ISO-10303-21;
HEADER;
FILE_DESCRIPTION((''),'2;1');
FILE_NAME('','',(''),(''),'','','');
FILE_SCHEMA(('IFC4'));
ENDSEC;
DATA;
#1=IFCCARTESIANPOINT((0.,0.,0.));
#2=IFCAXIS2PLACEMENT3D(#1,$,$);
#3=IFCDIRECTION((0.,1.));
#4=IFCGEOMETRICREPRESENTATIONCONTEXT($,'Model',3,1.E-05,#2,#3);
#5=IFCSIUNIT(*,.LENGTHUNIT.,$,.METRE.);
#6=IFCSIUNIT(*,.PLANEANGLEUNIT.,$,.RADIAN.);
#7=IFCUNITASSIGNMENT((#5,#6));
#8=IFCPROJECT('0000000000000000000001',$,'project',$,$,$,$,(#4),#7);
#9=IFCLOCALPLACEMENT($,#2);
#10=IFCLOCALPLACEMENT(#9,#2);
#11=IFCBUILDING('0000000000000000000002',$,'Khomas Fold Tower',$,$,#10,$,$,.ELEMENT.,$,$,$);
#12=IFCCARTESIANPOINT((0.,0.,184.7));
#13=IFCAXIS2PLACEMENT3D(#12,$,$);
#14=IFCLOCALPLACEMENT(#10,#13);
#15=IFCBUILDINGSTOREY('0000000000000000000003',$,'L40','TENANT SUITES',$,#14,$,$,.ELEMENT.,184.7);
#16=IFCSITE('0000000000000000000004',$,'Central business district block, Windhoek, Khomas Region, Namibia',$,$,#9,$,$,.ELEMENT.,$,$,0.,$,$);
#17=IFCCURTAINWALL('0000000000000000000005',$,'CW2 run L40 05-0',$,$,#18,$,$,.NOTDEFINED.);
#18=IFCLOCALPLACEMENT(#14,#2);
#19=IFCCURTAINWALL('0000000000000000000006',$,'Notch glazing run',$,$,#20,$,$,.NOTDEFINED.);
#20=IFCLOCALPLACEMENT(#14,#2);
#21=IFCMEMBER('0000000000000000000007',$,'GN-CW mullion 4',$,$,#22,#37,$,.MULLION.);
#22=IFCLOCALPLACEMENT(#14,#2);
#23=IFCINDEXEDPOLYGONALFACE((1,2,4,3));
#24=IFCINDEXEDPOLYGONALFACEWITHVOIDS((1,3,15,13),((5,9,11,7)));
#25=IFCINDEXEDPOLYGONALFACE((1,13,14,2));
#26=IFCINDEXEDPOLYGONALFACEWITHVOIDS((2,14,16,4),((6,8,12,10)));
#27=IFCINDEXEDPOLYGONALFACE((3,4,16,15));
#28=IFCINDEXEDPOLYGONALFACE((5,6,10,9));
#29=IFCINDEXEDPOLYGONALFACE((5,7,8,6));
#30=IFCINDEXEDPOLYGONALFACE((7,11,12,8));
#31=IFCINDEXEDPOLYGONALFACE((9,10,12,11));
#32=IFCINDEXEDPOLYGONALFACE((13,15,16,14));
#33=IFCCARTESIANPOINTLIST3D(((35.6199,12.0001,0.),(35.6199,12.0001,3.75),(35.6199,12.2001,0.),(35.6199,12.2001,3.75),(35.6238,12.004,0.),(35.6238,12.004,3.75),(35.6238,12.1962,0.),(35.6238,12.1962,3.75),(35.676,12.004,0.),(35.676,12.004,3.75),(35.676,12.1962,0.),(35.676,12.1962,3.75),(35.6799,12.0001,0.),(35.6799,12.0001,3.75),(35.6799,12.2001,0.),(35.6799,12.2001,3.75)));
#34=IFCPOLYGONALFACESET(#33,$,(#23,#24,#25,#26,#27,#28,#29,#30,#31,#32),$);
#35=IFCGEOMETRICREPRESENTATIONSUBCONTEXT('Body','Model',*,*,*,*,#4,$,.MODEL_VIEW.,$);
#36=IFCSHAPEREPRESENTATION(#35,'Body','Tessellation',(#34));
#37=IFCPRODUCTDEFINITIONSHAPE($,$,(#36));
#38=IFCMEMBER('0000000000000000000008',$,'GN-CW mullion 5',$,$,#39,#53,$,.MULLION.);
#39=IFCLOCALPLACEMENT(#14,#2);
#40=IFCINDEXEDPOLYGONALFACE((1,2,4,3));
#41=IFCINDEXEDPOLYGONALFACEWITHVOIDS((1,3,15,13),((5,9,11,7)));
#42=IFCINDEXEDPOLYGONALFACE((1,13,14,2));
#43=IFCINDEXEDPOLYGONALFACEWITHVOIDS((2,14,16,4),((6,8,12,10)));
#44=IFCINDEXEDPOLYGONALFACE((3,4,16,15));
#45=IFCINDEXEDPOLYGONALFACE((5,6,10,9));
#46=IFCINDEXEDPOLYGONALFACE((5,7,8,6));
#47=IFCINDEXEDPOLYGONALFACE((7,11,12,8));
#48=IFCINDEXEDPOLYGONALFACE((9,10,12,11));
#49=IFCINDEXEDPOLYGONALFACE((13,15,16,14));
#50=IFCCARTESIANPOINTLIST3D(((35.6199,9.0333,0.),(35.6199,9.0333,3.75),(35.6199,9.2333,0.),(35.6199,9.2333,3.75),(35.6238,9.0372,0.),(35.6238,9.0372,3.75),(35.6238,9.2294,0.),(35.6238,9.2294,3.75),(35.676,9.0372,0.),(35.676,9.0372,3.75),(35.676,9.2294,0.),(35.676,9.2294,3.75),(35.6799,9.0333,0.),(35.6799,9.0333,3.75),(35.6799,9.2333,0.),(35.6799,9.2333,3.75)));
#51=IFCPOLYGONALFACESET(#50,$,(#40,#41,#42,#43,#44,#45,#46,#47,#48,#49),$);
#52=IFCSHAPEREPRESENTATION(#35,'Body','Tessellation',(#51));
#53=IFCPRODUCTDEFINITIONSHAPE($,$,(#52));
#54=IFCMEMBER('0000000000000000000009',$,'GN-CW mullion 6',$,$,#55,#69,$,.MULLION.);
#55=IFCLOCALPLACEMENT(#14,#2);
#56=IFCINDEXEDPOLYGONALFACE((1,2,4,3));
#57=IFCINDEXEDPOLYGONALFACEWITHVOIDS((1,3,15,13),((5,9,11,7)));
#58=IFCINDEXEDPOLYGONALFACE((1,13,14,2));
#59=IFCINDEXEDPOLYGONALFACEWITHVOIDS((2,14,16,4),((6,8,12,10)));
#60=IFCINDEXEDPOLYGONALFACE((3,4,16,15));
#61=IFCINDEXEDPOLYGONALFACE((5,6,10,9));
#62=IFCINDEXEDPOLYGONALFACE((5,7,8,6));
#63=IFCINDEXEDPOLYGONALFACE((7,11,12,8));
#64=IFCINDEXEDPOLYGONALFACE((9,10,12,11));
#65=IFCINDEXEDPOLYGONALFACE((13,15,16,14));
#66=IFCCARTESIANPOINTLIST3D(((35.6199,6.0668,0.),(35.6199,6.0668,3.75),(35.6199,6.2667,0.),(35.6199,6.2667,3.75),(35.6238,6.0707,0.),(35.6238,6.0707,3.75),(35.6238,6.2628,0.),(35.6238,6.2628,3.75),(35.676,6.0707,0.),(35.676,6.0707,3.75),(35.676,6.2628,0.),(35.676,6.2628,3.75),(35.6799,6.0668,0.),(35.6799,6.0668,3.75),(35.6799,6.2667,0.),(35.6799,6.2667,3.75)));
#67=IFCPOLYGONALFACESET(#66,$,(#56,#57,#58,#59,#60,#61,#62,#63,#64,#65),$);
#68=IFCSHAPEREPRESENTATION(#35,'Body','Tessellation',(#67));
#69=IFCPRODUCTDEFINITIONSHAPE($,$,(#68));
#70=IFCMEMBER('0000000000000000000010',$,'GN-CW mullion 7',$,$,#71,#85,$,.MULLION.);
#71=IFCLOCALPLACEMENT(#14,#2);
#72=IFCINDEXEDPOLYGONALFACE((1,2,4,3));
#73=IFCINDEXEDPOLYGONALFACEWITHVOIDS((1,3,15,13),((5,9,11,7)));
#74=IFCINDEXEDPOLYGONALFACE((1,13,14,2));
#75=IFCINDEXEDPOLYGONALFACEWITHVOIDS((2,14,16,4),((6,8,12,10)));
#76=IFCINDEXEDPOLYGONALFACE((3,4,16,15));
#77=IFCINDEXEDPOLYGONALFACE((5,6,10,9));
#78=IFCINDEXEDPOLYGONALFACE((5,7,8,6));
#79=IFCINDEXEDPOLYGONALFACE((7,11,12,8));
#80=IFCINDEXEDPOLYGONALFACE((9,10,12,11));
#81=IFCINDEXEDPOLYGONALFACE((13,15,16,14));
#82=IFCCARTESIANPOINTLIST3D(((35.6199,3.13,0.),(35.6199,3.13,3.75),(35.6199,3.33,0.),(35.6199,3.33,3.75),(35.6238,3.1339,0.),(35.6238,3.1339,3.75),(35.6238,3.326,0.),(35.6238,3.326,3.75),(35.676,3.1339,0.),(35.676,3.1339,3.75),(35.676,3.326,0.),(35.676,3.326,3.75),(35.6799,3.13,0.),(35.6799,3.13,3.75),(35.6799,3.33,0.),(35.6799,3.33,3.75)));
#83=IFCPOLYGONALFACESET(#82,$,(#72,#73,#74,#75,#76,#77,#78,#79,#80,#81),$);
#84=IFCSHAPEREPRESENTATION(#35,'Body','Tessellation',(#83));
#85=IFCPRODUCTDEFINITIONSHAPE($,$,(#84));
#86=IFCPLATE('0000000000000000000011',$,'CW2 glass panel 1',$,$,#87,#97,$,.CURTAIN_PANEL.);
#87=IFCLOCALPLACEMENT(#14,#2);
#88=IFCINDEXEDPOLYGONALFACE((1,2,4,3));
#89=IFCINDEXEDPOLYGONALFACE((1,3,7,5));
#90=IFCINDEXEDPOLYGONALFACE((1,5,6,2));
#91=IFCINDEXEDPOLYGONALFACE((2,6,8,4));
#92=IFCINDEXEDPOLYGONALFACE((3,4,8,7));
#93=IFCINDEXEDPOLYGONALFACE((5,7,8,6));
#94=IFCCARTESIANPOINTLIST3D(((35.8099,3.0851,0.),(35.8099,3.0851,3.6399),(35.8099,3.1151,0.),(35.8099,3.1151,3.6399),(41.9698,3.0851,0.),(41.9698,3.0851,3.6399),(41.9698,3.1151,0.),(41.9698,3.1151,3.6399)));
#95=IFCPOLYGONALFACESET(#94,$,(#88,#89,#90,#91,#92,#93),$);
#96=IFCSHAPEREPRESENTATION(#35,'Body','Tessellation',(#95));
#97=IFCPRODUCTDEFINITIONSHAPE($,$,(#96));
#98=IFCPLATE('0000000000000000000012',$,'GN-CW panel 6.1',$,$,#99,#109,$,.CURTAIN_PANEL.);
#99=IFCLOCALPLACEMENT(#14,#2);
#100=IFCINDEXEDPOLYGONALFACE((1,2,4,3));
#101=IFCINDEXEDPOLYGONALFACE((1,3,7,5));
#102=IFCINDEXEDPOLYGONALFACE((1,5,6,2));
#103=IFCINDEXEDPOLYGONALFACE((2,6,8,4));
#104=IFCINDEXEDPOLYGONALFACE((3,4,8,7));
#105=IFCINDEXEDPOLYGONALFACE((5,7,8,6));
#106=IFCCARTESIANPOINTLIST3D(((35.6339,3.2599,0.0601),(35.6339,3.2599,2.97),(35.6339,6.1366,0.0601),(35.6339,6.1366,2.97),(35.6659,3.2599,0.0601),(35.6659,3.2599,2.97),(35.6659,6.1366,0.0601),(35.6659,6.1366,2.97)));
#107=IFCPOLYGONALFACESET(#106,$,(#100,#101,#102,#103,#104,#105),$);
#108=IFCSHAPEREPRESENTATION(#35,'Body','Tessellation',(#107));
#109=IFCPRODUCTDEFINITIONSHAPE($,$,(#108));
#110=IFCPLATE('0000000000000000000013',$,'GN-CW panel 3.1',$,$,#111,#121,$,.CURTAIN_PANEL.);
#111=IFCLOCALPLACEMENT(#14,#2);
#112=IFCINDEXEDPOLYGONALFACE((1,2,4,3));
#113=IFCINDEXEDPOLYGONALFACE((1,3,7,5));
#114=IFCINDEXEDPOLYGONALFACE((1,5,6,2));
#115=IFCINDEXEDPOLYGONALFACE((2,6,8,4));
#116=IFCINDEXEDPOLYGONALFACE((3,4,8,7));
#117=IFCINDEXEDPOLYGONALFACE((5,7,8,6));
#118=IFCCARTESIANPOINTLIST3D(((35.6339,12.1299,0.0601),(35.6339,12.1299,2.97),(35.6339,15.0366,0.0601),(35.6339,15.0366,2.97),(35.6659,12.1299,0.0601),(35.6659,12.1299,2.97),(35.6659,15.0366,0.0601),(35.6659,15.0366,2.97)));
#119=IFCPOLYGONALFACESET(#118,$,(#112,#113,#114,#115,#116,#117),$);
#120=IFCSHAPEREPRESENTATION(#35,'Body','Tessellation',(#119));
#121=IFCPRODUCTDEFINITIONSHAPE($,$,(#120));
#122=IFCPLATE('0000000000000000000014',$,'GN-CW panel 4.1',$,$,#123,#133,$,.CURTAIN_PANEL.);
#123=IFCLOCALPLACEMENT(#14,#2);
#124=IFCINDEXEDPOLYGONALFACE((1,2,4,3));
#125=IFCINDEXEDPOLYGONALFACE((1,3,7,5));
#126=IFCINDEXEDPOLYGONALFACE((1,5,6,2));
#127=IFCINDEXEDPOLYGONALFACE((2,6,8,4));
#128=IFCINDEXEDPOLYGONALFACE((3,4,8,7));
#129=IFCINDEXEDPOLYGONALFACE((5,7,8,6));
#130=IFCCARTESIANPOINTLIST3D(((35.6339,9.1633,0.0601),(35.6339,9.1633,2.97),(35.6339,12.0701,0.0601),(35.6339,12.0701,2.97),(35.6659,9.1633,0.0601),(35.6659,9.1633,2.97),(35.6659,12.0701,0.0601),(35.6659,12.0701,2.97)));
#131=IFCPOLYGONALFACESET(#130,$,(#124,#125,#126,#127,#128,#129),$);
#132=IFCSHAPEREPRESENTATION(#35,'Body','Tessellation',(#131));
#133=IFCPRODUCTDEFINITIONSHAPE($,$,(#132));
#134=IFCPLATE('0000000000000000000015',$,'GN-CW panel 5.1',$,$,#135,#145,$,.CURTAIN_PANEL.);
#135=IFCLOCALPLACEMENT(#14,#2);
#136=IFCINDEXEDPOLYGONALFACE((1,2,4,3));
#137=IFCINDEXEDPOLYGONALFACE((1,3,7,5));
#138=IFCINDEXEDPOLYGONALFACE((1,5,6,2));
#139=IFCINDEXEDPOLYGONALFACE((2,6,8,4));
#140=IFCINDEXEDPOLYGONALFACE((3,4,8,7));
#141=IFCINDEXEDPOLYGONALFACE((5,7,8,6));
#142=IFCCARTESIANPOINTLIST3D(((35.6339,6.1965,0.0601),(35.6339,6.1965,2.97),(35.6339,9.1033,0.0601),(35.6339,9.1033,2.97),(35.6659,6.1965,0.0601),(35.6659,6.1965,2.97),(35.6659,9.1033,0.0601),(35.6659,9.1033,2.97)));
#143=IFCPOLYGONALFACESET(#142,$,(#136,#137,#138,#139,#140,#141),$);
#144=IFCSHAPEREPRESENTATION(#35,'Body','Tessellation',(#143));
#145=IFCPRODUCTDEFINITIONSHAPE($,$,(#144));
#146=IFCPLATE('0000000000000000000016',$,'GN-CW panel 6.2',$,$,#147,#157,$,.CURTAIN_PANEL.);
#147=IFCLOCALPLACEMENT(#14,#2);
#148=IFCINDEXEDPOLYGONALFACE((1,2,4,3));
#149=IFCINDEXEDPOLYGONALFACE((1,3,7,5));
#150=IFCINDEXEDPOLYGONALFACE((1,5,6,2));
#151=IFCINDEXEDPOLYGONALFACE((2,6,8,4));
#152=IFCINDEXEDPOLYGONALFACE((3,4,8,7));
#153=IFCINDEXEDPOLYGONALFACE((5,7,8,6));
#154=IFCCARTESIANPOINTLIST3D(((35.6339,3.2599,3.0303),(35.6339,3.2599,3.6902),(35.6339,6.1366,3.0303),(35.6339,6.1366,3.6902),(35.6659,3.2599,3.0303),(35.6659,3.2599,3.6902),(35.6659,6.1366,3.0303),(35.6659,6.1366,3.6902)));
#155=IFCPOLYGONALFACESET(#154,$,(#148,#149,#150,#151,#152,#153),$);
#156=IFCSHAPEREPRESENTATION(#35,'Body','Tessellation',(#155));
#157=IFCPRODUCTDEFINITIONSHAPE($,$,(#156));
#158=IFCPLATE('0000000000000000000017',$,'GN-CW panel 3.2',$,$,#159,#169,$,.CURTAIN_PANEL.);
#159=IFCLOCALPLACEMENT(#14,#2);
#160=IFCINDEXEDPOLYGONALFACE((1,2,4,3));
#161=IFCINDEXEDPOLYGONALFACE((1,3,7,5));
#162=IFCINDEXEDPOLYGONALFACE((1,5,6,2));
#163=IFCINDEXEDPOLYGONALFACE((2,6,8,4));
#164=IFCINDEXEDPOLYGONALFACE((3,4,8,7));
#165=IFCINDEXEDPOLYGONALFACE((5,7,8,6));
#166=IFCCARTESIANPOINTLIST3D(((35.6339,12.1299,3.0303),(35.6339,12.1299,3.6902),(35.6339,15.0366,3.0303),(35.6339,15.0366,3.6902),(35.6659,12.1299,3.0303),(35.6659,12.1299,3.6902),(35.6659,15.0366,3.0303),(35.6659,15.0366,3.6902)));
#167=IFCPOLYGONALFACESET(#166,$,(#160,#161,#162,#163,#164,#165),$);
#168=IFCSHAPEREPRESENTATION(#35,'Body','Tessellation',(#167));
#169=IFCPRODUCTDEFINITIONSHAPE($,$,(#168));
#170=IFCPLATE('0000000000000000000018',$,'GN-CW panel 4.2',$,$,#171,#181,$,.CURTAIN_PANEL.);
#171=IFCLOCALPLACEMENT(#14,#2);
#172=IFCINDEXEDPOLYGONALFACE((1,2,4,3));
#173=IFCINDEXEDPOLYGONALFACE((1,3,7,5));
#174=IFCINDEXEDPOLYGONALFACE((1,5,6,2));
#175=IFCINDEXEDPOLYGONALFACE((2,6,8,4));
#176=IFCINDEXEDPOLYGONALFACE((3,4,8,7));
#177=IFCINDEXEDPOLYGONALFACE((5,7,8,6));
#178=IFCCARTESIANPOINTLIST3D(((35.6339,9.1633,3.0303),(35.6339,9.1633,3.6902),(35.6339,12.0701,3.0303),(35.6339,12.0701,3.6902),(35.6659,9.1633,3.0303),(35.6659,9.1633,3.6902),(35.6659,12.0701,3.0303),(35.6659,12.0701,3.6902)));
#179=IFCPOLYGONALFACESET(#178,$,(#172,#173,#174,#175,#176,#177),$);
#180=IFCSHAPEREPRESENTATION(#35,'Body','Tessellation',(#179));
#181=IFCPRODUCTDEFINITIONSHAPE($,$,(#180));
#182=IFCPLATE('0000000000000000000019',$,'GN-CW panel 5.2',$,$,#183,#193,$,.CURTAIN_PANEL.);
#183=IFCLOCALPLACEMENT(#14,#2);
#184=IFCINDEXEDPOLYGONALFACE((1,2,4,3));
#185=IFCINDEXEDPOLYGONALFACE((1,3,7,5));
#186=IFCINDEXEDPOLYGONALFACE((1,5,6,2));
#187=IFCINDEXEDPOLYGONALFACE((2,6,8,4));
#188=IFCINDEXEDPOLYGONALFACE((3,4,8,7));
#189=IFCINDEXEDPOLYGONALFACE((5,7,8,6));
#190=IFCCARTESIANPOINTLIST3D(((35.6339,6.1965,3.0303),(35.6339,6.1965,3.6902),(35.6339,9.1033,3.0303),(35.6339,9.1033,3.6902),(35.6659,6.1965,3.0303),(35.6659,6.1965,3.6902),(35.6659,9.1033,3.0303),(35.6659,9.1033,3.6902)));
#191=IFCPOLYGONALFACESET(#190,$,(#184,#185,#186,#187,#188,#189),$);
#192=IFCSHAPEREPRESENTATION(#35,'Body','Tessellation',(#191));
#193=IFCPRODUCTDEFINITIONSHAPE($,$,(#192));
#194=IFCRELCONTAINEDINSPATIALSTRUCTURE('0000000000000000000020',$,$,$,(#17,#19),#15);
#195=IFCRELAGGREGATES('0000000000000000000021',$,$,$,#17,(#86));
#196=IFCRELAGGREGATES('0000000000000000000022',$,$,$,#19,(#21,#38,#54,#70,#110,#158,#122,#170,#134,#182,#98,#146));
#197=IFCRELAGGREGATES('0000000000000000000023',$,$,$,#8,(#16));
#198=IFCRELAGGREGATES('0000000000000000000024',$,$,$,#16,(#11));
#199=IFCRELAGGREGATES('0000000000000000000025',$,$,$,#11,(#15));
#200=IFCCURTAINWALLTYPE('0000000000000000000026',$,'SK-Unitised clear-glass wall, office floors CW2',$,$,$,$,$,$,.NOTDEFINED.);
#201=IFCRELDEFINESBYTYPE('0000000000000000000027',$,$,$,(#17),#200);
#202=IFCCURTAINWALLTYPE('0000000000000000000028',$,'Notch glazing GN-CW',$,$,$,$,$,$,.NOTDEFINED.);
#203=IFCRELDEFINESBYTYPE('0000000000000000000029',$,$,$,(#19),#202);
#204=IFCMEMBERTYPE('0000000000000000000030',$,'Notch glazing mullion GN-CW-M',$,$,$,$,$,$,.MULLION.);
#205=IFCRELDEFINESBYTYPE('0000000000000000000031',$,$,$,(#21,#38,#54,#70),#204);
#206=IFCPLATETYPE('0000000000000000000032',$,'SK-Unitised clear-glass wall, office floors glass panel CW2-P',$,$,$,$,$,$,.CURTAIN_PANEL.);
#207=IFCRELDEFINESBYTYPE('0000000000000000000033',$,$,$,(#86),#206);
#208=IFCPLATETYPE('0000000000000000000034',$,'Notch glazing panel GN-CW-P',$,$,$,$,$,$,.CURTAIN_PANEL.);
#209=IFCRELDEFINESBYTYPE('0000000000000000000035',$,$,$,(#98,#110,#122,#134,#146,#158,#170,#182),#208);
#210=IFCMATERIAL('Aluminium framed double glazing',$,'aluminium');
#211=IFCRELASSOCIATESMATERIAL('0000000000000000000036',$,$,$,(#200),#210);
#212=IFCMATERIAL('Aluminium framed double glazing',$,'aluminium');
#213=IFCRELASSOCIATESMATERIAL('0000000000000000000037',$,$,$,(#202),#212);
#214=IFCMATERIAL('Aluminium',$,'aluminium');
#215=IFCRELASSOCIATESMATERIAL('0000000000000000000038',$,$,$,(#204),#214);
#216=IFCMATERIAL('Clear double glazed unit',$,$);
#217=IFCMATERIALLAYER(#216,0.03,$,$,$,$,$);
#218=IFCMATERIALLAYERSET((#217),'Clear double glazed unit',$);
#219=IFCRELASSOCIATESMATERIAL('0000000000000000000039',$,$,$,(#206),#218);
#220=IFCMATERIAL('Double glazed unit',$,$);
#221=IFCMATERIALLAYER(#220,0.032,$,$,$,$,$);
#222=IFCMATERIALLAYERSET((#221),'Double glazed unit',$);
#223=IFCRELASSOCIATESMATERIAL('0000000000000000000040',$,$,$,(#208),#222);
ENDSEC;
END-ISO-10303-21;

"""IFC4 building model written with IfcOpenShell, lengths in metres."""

from ifc_helpers import new_model, si_unit, direction, frame, origin, origin_2d, place, context, subcontext, project, spatial, rectangle, hollow_rectangle, extrude, source, transform, mapped, material, layer, layer_set, material_profile, profile_set, type_object, element, aggregate, save


model = new_model("IFC4")

# Units and contexts
model_context = context("Model", 3, precision=1e-05, world=origin(), true_north=direction((0.0, 1.0)))
body_context = subcontext(model_context, "Body", "Model", "MODEL_VIEW")
ifc_project = project(units=[si_unit("LENGTHUNIT", "METRE"), si_unit("PLANEANGLEUNIT", "RADIAN")], contexts=[model_context])

# Site, building, storey
site_placement = place(None, origin())
site = spatial("IfcSite", under=ifc_project, at=site_placement, Name="Central business district block, Windhoek, Khomas Region, Namibia", CompositionType="ELEMENT", RefElevation=0.0)
building_placement = place(site_placement, origin())
building = spatial("IfcBuilding", under=site, at=building_placement, Name="Khomas Fold Tower", CompositionType="ELEMENT")
storey_placement = place(building_placement, frame((0.0, 0.0, 184.7)))
storey = spatial("IfcBuildingStorey", under=building, at=storey_placement, Name="L40", Description="TENANT SUITES", CompositionType="ELEMENT", Elevation=184.7)

# Shared definitions
ifc_material_1 = material(Name="Aluminium framed double glazing", Category="aluminium")
curtain_wall_type_1 = type_object("IfcCurtainWallType", Name="SK-Unitised clear-glass wall, office floors CW2", PredefinedType="NOTDEFINED", material=ifc_material_1)

# Curtain walls, members
curtain_wall_1_placement = place(storey_placement, origin())
curtain_wall_1 = element("IfcCurtainWall", 1, at=curtain_wall_1_placement, inside=storey, type_object=curtain_wall_type_1, Name="CW2 run L40 05-0", PredefinedType="NOTDEFINED")
ifc_material_2 = material(Name="Aluminium framed double glazing", Category="aluminium")
curtain_wall_type_2 = type_object("IfcCurtainWallType", Name="Notch glazing GN-CW", PredefinedType="NOTDEFINED", material=ifc_material_2)
curtain_wall_2_placement = place(storey_placement, origin())
curtain_wall_2 = element("IfcCurtainWall", 2, at=curtain_wall_2_placement, inside=storey, type_object=curtain_wall_type_2, Name="Notch glazing run", PredefinedType="NOTDEFINED")
ifc_material_3 = material(Name="Aluminium", Category="aluminium")
ifc_material_profile_1 = material_profile(ifc_material_3, hollow_rectangle(XDim=0.0601, YDim=0.2, WallThickness=0.0039, at=origin_2d()), Name="Notch glazing mullion GN-CW-M")
ifc_profile_set_1 = profile_set([ifc_material_profile_1], Name="Aluminium")
member_type_1 = type_object("IfcMemberType", Name="Notch glazing mullion GN-CW-M", PredefinedType="MULLION", material=ifc_profile_set_1)
shared_shape_1 = source(origin(), body_context, "Body", "SweptSolid", [
    extrude(hollow_rectangle(XDim=0.0601, YDim=0.2, WallThickness=0.0039, at=origin_2d()), origin(), (0.0, 0.0, 1.0), 3.75),
])
member_1_placement = place(storey_placement, frame((35.6499, 12.1001, 0.0), z_axis=(0.0, 0.0, 1.0), x_axis=(1.0, 0.0, 0.0)))
member_1 = element("IfcMember", 3, at=member_1_placement, type_object=member_type_1, Name="GN-CW mullion 4", PredefinedType="MULLION", context=body_context, shape_type="MappedRepresentation", body=[
    mapped(shared_shape_1, transform((0.0, 0.0, 0.0))),
])
member_2_placement = place(storey_placement, frame((35.6499, 9.1333, 0.0), z_axis=(0.0, 0.0, 1.0), x_axis=(1.0, 0.0, 0.0)))
member_2 = element("IfcMember", 4, at=member_2_placement, type_object=member_type_1, Name="GN-CW mullion 5", PredefinedType="MULLION", context=body_context, shape_type="MappedRepresentation", body=[
    mapped(shared_shape_1, transform((0.0, 0.0, 0.0))),
])
member_3_placement = place(storey_placement, frame((35.6499, 6.1667, 0.0), z_axis=(0.0, 0.0, 1.0), x_axis=(1.0, 0.0, 0.0)))
member_3 = element("IfcMember", 5, at=member_3_placement, type_object=member_type_1, Name="GN-CW mullion 6", PredefinedType="MULLION", context=body_context, shape_type="MappedRepresentation", body=[
    mapped(shared_shape_1, transform((0.0, 0.0, 0.0))),
])
member_4_placement = place(storey_placement, frame((35.6499, 3.23, 0.0), z_axis=(0.0, 0.0, 1.0), x_axis=(1.0, 0.0, 0.0)))
member_4 = element("IfcMember", 6, at=member_4_placement, type_object=member_type_1, Name="GN-CW mullion 7", PredefinedType="MULLION", context=body_context, shape_type="MappedRepresentation", body=[
    mapped(shared_shape_1, transform((0.0, 0.0, 0.0))),
])

# Plates
ifc_material_4 = material(Name="Clear double glazed unit")
ifc_layer_1 = layer(ifc_material_4, 0.03)
ifc_layer_set_1 = layer_set([ifc_layer_1], Name="Clear double glazed unit")
plate_type_1 = type_object("IfcPlateType", Name="SK-Unitised clear-glass wall, office floors glass panel CW2-P", PredefinedType="CURTAIN_PANEL", material=ifc_layer_set_1)
shared_shape_2 = source(origin(), body_context, "Body", "SweptSolid", [
    extrude(rectangle(XDim=6.1599, YDim=0.03, at=origin_2d()), origin(), (0.0, 0.0, 1.0), 3.6399),
])
plate_1_placement = place(storey_placement, frame((38.8899, 3.1001, 0.0), z_axis=(0.0, 0.0, 1.0), x_axis=(1.0, 0.0, 0.0)))
plate_1 = element("IfcPlate", 7, at=plate_1_placement, type_object=plate_type_1, Name="CW2 glass panel 1", PredefinedType="CURTAIN_PANEL", context=body_context, shape_type="MappedRepresentation", body=[
    mapped(shared_shape_2, transform((0.0, 0.0, 0.0))),
])
aggregate(curtain_wall_1, [plate_1])
ifc_material_5 = material(Name="Double glazed unit")
ifc_layer_2 = layer(ifc_material_5, 0.032)
ifc_layer_set_2 = layer_set([ifc_layer_2], Name="Double glazed unit")
plate_type_2 = type_object("IfcPlateType", Name="Notch glazing panel GN-CW-P", PredefinedType="CURTAIN_PANEL", material=ifc_layer_set_2)
shared_shape_3 = source(origin(), body_context, "Body", "SweptSolid", [
    extrude(rectangle(XDim=2.8767, YDim=0.032, at=origin_2d()), origin(), (0.0, 0.0, 1.0), 2.9099),
])
plate_2_placement = place(storey_placement, frame((35.6499, 4.6982, 0.0601), z_axis=(0.0, 0.0, 1.0), x_axis=(0.0, -1.0, 0.0)))
plate_2 = element("IfcPlate", 8, at=plate_2_placement, type_object=plate_type_2, Name="GN-CW panel 6.1", PredefinedType="CURTAIN_PANEL", context=body_context, shape_type="MappedRepresentation", body=[
    mapped(shared_shape_3, transform((0.0, 0.0, 0.0))),
])
shared_shape_4 = source(origin(), body_context, "Body", "SweptSolid", [
    extrude(rectangle(XDim=2.9067, YDim=0.032, at=origin_2d()), origin(), (0.0, 0.0, 1.0), 2.9099),
])
plate_3_placement = place(storey_placement, frame((35.6499, 13.5833, 0.0601), z_axis=(0.0, 0.0, 1.0), x_axis=(0.0, -1.0, 0.0)))
plate_3 = element("IfcPlate", 9, at=plate_3_placement, type_object=plate_type_2, Name="GN-CW panel 3.1", PredefinedType="CURTAIN_PANEL", context=body_context, shape_type="MappedRepresentation", body=[
    mapped(shared_shape_4, transform((0.0, 0.0, 0.0))),
])
plate_4_placement = place(storey_placement, frame((35.6499, 10.6167, 0.0601), z_axis=(0.0, 0.0, 1.0), x_axis=(0.0, -1.0, 0.0)))
plate_4 = element("IfcPlate", 10, at=plate_4_placement, type_object=plate_type_2, Name="GN-CW panel 4.1", PredefinedType="CURTAIN_PANEL", context=body_context, shape_type="MappedRepresentation", body=[
    mapped(shared_shape_4, transform((0.0, 0.0, 0.0))),
])
plate_5_placement = place(storey_placement, frame((35.6499, 7.6499, 0.0601), z_axis=(0.0, 0.0, 1.0), x_axis=(0.0, -1.0, 0.0)))
plate_5 = element("IfcPlate", 11, at=plate_5_placement, type_object=plate_type_2, Name="GN-CW panel 5.1", PredefinedType="CURTAIN_PANEL", context=body_context, shape_type="MappedRepresentation", body=[
    mapped(shared_shape_4, transform((0.0, 0.0, 0.0))),
])
shared_shape_5 = source(origin(), body_context, "Body", "SweptSolid", [
    extrude(rectangle(XDim=2.8767, YDim=0.032, at=origin_2d()), origin(), (0.0, 0.0, 1.0), 0.6599),
])
plate_6_placement = place(storey_placement, frame((35.6499, 4.6982, 3.0303), z_axis=(0.0, 0.0, 1.0), x_axis=(0.0, -1.0, 0.0)))
plate_6 = element("IfcPlate", 12, at=plate_6_placement, type_object=plate_type_2, Name="GN-CW panel 6.2", PredefinedType="CURTAIN_PANEL", context=body_context, shape_type="MappedRepresentation", body=[
    mapped(shared_shape_5, transform((0.0, 0.0, 0.0))),
])
shared_shape_6 = source(origin(), body_context, "Body", "SweptSolid", [
    extrude(rectangle(XDim=2.9067, YDim=0.032, at=origin_2d()), origin(), (0.0, 0.0, 1.0), 0.6599),
])
plate_7_placement = place(storey_placement, frame((35.6499, 13.5833, 3.0303), z_axis=(0.0, 0.0, 1.0), x_axis=(0.0, -1.0, 0.0)))
plate_7 = element("IfcPlate", 13, at=plate_7_placement, type_object=plate_type_2, Name="GN-CW panel 3.2", PredefinedType="CURTAIN_PANEL", context=body_context, shape_type="MappedRepresentation", body=[
    mapped(shared_shape_6, transform((0.0, 0.0, 0.0))),
])
plate_8_placement = place(storey_placement, frame((35.6499, 10.6167, 3.0303), z_axis=(0.0, 0.0, 1.0), x_axis=(0.0, -1.0, 0.0)))
plate_8 = element("IfcPlate", 14, at=plate_8_placement, type_object=plate_type_2, Name="GN-CW panel 4.2", PredefinedType="CURTAIN_PANEL", context=body_context, shape_type="MappedRepresentation", body=[
    mapped(shared_shape_6, transform((0.0, 0.0, 0.0))),
])
plate_9_placement = place(storey_placement, frame((35.6499, 7.6499, 3.0303), z_axis=(0.0, 0.0, 1.0), x_axis=(0.0, -1.0, 0.0)))
plate_9 = element("IfcPlate", 15, at=plate_9_placement, type_object=plate_type_2, Name="GN-CW panel 5.2", PredefinedType="CURTAIN_PANEL", context=body_context, shape_type="MappedRepresentation", body=[
    mapped(shared_shape_6, transform((0.0, 0.0, 0.0))),
])
aggregate(curtain_wall_2, [member_1, member_2, member_3, member_4, plate_3, plate_7, plate_4, plate_8, plate_5, plate_9, plate_2, plate_6])

save(model, "model.ifc")
